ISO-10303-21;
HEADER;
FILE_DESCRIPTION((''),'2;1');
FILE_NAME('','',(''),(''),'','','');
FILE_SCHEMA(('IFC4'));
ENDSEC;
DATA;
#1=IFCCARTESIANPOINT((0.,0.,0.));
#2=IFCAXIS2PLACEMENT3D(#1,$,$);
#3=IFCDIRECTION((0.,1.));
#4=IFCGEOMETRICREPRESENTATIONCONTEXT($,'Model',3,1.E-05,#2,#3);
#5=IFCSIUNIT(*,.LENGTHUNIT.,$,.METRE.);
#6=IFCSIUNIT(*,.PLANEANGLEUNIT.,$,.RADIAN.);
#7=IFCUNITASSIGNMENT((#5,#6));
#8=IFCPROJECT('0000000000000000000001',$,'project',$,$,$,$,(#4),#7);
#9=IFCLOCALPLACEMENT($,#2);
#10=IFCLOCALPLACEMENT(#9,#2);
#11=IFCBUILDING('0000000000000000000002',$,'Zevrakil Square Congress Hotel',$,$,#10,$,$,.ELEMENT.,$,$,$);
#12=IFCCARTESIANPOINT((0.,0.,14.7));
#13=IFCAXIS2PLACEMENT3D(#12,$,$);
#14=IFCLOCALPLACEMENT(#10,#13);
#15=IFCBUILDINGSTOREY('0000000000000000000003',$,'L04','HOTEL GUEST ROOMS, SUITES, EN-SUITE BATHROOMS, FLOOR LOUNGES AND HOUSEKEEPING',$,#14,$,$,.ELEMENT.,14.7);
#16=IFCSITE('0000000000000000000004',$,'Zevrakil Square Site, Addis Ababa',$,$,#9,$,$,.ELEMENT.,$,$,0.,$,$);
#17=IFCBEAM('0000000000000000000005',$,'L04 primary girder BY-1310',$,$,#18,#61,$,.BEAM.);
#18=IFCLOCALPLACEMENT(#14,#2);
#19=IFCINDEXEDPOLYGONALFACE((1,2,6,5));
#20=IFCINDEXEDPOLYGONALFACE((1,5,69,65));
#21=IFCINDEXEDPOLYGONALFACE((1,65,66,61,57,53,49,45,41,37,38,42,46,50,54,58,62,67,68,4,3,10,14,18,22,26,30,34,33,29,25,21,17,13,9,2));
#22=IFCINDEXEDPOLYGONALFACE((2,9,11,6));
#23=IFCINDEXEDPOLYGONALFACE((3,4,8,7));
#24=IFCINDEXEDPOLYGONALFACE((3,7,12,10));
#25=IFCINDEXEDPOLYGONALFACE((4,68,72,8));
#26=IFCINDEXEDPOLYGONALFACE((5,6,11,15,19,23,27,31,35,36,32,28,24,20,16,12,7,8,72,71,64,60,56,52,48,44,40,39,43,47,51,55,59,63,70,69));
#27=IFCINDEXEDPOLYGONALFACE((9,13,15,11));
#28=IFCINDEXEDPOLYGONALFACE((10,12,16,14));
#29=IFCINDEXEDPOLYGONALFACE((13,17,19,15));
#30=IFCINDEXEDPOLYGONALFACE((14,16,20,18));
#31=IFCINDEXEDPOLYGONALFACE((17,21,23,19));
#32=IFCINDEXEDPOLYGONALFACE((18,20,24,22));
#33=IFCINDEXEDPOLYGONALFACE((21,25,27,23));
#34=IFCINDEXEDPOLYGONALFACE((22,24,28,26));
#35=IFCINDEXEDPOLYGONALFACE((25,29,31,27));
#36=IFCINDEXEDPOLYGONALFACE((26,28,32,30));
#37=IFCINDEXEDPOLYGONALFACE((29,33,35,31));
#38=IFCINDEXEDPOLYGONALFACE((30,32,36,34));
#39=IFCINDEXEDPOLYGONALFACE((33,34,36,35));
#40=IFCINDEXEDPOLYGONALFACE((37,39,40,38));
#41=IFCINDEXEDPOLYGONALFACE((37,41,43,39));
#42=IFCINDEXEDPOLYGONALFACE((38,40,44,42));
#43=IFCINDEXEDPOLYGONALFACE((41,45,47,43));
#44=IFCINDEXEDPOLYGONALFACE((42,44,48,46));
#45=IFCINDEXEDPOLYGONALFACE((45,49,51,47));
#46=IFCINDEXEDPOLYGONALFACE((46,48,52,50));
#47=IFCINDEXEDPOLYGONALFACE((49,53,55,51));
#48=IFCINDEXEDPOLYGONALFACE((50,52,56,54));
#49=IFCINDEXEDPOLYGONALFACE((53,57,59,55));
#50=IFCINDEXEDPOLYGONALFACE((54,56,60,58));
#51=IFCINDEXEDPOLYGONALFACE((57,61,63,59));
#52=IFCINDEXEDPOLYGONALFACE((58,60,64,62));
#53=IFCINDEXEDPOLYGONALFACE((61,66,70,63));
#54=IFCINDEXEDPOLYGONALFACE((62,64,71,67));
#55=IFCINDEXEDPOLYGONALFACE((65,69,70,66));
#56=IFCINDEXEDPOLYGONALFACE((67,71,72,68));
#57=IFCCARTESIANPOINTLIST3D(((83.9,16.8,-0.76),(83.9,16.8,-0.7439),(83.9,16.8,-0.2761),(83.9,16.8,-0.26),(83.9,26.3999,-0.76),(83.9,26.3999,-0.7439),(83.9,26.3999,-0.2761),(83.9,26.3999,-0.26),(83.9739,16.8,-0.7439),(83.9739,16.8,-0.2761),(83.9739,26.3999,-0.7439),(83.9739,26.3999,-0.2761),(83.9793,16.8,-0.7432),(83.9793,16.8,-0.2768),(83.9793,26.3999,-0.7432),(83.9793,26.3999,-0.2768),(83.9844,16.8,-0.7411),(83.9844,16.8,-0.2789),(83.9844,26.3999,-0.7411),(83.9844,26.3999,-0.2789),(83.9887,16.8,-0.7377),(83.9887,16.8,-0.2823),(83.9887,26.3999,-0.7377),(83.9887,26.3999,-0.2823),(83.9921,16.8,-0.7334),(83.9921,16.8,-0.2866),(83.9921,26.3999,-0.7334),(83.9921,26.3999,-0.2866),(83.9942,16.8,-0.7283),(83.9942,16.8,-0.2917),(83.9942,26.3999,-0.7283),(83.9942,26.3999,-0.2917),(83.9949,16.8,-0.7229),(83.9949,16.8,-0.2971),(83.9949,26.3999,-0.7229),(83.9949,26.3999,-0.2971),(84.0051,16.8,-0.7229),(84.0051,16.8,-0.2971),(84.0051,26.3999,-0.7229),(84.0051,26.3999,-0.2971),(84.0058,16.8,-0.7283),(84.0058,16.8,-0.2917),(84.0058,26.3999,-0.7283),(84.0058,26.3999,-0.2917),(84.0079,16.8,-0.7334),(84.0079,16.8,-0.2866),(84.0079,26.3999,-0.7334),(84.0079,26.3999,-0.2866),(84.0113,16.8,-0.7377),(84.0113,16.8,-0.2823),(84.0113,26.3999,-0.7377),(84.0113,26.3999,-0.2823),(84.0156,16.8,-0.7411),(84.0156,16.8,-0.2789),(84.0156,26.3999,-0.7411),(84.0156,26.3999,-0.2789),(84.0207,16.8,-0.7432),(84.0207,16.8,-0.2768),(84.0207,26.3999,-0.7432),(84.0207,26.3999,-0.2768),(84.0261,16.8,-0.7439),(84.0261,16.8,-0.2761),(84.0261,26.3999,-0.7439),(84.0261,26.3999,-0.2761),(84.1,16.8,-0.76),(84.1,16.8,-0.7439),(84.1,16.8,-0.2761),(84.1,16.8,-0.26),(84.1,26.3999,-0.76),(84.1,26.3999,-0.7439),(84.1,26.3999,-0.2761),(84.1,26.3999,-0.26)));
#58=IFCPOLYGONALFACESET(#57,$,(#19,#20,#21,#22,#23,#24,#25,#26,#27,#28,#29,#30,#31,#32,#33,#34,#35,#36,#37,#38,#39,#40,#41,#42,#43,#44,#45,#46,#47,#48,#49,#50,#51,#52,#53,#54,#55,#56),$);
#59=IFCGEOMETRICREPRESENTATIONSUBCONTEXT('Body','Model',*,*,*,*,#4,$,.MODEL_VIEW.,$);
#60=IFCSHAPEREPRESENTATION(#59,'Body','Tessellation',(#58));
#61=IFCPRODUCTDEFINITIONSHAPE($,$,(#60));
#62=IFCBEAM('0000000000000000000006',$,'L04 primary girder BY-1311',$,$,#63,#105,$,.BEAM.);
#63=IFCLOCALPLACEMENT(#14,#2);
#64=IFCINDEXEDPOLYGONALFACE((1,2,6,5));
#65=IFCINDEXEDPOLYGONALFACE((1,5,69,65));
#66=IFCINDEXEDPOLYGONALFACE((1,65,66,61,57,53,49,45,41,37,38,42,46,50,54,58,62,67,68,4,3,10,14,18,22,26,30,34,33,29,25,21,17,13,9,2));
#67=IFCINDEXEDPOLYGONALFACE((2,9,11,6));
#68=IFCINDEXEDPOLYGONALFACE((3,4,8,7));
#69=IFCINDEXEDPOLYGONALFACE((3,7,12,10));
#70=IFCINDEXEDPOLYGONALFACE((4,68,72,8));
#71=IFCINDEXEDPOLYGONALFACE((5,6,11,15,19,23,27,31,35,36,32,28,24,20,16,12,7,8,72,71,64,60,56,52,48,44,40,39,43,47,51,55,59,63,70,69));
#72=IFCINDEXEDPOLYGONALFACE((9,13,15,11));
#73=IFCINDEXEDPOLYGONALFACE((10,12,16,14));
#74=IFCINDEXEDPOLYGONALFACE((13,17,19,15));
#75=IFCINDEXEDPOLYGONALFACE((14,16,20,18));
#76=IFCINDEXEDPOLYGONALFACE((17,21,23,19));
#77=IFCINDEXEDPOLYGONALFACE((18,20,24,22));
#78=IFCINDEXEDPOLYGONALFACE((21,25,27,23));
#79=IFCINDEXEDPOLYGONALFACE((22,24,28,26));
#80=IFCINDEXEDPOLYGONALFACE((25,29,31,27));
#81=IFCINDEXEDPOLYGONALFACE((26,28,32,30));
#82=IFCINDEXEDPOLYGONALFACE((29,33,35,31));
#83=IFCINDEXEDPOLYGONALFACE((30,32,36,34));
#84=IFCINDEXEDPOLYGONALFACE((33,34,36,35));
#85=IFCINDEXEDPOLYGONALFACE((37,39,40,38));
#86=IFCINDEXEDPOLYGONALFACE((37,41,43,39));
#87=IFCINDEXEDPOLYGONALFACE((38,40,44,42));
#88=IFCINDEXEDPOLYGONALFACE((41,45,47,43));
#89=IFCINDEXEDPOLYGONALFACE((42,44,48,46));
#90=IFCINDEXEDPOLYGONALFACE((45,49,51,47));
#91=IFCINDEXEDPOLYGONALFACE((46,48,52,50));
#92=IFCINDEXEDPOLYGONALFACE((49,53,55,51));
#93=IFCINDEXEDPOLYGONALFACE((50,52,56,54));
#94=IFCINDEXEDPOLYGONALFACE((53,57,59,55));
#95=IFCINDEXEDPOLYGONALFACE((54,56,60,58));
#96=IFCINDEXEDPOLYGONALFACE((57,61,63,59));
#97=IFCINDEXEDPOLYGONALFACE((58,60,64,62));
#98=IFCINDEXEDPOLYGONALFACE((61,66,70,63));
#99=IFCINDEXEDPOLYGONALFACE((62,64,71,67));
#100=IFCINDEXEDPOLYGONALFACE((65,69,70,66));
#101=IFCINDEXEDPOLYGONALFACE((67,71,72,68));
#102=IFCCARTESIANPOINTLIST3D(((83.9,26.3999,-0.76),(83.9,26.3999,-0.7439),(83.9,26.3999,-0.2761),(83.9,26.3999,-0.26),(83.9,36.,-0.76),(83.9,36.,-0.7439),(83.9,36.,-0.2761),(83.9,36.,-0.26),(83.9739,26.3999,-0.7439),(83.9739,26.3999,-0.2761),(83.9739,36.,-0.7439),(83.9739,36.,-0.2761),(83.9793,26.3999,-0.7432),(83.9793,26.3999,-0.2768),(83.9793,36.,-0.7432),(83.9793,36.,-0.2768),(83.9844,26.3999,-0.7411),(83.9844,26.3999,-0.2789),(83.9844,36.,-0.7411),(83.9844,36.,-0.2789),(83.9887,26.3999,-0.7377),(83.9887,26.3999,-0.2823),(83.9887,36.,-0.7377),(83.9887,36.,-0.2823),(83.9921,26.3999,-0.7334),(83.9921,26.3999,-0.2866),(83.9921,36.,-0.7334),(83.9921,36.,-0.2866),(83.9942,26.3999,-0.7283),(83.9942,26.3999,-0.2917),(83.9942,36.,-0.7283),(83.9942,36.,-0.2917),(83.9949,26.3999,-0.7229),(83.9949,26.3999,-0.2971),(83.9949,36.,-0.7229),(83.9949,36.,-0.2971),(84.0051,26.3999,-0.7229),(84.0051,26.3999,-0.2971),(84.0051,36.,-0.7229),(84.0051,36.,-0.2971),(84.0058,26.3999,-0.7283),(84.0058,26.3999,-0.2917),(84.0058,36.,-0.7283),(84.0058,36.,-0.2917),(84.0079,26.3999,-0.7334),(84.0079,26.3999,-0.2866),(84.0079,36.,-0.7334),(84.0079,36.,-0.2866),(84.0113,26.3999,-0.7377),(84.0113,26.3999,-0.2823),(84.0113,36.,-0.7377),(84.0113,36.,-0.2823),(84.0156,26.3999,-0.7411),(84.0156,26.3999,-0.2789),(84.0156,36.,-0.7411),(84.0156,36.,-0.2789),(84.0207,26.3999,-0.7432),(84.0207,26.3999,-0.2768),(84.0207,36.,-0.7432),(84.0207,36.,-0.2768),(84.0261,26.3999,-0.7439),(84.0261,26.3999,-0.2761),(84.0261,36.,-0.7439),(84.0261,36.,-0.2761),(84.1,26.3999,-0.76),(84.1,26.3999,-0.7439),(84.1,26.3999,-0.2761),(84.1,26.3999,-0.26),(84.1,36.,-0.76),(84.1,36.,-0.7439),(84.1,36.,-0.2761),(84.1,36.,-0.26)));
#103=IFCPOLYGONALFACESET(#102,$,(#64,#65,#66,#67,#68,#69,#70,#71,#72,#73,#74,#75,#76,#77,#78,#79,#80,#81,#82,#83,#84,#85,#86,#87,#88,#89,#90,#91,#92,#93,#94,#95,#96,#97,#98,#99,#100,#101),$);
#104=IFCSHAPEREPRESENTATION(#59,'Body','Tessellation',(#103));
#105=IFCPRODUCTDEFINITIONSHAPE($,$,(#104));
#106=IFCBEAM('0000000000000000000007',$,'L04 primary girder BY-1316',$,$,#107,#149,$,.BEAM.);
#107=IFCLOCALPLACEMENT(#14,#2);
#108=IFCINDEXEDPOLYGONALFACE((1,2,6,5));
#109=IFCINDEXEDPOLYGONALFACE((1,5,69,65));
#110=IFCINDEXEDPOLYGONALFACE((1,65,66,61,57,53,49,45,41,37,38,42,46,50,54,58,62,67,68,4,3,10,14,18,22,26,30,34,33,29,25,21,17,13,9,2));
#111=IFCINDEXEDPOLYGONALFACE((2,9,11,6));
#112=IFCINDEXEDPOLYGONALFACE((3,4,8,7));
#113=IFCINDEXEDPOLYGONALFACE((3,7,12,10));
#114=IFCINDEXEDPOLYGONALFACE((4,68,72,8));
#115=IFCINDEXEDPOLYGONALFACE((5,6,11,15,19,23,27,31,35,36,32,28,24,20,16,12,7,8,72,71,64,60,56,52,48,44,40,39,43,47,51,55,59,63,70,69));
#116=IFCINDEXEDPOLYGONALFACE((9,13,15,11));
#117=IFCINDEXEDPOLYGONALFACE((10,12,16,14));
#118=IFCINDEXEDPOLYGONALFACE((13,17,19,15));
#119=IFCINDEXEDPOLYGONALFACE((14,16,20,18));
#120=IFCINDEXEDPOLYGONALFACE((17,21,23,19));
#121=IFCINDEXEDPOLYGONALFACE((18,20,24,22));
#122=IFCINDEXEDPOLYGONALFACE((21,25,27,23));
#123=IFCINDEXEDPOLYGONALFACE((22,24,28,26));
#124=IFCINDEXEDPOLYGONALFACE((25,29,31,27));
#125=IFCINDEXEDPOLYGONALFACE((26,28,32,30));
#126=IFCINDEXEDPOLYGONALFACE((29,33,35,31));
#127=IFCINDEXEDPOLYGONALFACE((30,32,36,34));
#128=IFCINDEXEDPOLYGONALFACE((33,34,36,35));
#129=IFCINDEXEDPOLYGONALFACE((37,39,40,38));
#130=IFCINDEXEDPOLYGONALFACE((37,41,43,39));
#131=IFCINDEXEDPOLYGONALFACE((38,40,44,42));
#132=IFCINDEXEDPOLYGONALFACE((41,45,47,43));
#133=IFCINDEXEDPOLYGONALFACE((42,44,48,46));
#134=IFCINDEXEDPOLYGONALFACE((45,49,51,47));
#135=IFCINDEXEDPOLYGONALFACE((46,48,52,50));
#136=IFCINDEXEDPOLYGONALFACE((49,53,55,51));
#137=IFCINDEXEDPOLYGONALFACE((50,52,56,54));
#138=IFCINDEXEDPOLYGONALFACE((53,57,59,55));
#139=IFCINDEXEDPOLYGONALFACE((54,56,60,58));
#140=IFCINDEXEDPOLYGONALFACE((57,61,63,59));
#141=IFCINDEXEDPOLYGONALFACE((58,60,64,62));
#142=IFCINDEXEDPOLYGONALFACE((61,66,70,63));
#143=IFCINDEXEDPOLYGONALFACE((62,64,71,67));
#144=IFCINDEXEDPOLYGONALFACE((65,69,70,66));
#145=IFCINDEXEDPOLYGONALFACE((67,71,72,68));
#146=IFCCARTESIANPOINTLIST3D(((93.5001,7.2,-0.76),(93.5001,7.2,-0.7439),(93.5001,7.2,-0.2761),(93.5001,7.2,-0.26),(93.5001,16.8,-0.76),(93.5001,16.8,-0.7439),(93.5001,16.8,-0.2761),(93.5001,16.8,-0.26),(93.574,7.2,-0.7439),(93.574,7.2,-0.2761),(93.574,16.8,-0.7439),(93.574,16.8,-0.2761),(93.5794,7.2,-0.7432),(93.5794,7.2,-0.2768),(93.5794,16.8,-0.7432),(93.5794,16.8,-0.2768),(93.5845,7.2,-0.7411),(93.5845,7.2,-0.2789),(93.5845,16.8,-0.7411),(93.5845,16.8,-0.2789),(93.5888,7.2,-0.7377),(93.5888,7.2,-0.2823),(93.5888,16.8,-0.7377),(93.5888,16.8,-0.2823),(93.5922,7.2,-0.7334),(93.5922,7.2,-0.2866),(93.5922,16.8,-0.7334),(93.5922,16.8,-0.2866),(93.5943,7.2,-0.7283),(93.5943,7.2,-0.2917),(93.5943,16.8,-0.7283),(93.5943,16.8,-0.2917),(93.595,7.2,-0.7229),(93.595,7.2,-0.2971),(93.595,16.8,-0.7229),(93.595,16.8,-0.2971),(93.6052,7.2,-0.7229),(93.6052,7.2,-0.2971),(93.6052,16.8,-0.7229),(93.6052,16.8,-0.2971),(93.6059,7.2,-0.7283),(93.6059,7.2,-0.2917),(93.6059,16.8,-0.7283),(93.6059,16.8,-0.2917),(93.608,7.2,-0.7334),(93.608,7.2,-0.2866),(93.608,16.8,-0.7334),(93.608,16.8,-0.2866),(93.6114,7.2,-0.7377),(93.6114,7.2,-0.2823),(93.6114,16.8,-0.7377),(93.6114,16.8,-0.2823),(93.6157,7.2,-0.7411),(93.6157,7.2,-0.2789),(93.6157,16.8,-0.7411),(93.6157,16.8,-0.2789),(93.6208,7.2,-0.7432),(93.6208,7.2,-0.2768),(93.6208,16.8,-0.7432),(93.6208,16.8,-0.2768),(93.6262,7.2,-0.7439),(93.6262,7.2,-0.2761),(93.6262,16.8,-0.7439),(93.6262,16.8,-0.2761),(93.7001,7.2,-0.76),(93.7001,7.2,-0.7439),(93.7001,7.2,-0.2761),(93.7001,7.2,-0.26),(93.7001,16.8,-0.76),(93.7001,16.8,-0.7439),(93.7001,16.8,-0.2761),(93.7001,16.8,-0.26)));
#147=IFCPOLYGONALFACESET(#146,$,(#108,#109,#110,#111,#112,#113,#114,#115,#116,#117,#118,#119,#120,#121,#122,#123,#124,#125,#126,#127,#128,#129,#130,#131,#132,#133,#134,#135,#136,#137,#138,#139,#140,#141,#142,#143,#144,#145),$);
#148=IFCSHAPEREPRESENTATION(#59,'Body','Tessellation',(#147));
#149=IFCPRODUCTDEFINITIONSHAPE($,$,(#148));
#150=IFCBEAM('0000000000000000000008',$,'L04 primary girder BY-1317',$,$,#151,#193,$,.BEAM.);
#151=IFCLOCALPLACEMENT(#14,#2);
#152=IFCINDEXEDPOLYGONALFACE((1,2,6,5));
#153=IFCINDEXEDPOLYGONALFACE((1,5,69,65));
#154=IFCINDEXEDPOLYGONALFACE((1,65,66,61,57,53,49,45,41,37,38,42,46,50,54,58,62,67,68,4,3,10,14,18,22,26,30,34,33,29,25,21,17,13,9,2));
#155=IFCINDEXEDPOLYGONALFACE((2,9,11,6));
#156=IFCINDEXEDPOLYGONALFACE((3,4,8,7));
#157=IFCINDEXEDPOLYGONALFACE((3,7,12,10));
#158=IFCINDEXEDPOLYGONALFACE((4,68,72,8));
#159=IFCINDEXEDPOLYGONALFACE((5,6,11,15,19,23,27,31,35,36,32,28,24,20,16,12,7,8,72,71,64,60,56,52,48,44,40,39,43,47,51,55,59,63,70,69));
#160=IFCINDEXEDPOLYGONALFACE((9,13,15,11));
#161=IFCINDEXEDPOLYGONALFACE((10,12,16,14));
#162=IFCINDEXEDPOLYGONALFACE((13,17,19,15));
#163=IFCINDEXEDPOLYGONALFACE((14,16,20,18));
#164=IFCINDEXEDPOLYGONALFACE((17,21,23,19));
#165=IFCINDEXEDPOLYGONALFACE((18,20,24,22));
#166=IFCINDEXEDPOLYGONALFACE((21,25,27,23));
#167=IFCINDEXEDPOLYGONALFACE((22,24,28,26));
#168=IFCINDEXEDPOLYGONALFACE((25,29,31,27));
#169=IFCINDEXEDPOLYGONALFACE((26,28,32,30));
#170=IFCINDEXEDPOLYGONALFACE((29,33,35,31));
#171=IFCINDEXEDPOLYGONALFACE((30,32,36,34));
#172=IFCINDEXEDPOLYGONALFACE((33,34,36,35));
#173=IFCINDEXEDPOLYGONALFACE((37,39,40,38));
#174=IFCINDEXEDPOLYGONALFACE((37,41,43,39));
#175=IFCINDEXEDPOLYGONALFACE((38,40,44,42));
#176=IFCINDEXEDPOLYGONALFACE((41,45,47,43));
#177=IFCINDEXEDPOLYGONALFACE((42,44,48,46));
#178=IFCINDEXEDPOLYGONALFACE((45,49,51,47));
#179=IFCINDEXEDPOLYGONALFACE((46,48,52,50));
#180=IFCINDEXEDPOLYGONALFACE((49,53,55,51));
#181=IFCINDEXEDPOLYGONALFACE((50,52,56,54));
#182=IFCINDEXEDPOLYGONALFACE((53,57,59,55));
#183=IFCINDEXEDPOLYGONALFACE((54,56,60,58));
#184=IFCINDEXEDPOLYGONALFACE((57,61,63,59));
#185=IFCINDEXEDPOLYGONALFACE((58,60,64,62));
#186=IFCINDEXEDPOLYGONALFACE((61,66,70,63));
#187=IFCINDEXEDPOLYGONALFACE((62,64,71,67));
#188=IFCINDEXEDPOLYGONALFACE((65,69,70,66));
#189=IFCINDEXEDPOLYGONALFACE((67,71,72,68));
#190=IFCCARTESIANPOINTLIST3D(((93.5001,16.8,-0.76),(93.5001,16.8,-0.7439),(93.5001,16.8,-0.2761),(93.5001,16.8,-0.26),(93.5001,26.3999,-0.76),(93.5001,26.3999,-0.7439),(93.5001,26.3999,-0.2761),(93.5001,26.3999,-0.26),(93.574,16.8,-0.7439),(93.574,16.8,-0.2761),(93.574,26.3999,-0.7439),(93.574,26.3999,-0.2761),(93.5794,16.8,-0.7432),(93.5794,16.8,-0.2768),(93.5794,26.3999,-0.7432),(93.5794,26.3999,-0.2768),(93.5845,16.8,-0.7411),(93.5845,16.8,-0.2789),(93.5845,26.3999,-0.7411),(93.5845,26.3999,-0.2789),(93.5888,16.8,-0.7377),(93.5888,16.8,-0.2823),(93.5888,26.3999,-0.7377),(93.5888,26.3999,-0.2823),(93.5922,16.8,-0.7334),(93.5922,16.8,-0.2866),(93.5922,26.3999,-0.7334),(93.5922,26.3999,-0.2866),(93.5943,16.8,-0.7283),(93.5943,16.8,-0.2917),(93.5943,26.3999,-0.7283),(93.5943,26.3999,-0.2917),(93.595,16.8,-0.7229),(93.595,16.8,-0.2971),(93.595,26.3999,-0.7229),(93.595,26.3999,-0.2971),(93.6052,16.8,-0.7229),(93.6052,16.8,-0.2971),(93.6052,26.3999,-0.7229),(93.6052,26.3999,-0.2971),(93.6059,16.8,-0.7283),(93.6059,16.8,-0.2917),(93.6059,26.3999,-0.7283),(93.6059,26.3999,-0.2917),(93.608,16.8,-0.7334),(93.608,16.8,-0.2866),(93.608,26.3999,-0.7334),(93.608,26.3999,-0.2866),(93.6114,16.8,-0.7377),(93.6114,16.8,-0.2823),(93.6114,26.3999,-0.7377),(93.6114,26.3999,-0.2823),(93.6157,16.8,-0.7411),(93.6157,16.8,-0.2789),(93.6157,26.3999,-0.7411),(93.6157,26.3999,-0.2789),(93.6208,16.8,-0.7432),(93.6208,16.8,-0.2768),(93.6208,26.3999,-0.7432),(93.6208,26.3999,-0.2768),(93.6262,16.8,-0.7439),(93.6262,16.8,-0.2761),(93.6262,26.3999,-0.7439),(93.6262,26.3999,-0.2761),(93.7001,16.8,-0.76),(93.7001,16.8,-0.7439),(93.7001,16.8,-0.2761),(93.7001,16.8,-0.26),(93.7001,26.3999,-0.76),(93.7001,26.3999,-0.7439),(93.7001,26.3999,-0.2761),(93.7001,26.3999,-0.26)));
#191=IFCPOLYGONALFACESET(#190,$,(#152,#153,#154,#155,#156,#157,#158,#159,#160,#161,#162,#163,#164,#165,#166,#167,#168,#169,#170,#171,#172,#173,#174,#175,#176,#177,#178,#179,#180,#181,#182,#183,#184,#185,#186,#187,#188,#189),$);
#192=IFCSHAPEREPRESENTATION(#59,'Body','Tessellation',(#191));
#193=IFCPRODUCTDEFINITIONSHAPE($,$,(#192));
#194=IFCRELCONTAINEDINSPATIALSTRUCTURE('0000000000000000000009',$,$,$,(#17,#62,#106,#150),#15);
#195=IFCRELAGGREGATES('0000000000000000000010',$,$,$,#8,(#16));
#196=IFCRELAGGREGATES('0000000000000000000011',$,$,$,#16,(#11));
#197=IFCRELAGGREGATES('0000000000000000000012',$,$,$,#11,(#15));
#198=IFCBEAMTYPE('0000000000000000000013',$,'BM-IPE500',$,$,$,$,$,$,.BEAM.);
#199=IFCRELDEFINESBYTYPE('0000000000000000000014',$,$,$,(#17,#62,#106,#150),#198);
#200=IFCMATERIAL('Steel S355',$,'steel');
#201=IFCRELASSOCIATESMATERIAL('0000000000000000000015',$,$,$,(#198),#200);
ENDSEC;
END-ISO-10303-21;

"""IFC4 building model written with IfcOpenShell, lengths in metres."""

from ifc_helpers import new_model, si_unit, direction, frame, origin, origin_2d, place, context, subcontext, project, spatial, i_section, extrude, material, material_profile, profile_set, type_object, element, save


model = new_model("IFC4")

# Units and contexts
model_context = context("Model", 3, precision=1e-05, world=origin(), true_north=direction((0.0, 1.0)))
body_context = subcontext(model_context, "Body", "Model", "MODEL_VIEW")
ifc_project = project(units=[si_unit("LENGTHUNIT", "METRE"), si_unit("PLANEANGLEUNIT", "RADIAN")], contexts=[model_context])

# Site, building, storey
site_placement = place(None, origin())
site = spatial("IfcSite", under=ifc_project, at=site_placement, Name="Zevrakil Square Site, Addis Ababa", CompositionType="ELEMENT", RefElevation=0.0)
building_placement = place(site_placement, origin())
building = spatial("IfcBuilding", under=site, at=building_placement, Name="Zevrakil Square Congress Hotel", CompositionType="ELEMENT")
storey_placement = place(building_placement, frame((0.0, 0.0, 14.7)))
storey = spatial("IfcBuildingStorey", under=building, at=storey_placement, Name="L04", Description="HOTEL GUEST ROOMS, SUITES, EN-SUITE BATHROOMS, FLOOR LOUNGES AND HOUSEKEEPING", CompositionType="ELEMENT", Elevation=14.7)

# Beams
ifc_material_1 = material(Name="Steel S355", Category="steel")
ifc_material_profile_1 = material_profile(ifc_material_1, i_section(OverallWidth=0.2, OverallDepth=0.5, WebThickness=0.0103, FlangeThickness=0.0161, FilletRadius=0.021, at=origin_2d()), Name="IPE 500")
ifc_profile_set_1 = profile_set([ifc_material_profile_1], Name="Steel S355")
beam_type_1 = type_object("IfcBeamType", Name="BM-IPE500", PredefinedType="BEAM", material=ifc_profile_set_1)
beam_1_placement = place(storey_placement, frame((84.0, 16.8, -0.51), z_axis=(0.0, 1.0, 0.0), x_axis=(-1.0, 0.0, 0.0)))
element("IfcBeam", 1, at=beam_1_placement, inside=storey, type_object=beam_type_1, Name="L04 primary girder BY-1310", PredefinedType="BEAM", context=body_context, shape_type="SweptSolid", body=[
    extrude(i_section(OverallWidth=0.2, OverallDepth=0.5, WebThickness=0.0103, FlangeThickness=0.0161, FilletRadius=0.021, at=origin_2d()), origin(), (0.0, 0.0, 1.0), 9.5999),
])
for number, where, z_axis, x_axis, name in (
    (2, (84.0, 26.3999, -0.51), (0.0, 1.0, 0.0), (-1.0, 0.0, 0.0), "L04 primary girder BY-1311"),
    (3, (93.6001, 7.2, -0.51), (0.0, 1.0, 0.0), (-1.0, 0.0, 0.0), "L04 primary girder BY-1316"),
):
    element("IfcBeam", number, at=place(storey_placement, frame(where, z_axis=z_axis, x_axis=x_axis)), inside=storey, type_object=beam_type_1, Name=name, PredefinedType="BEAM", context=body_context, shape_type="SweptSolid", body=[
        extrude(i_section(OverallWidth=0.2, OverallDepth=0.5, WebThickness=0.0103, FlangeThickness=0.0161, FilletRadius=0.021, at=origin_2d()), origin(), (0.0, 0.0, 1.0), 9.6001),
    ])
beam_2_placement = place(storey_placement, frame((93.6001, 16.8, -0.51), z_axis=(0.0, 1.0, 0.0), x_axis=(-1.0, 0.0, 0.0)))
element("IfcBeam", 4, at=beam_2_placement, inside=storey, type_object=beam_type_1, Name="L04 primary girder BY-1317", PredefinedType="BEAM", context=body_context, shape_type="SweptSolid", body=[
    extrude(i_section(OverallWidth=0.2, OverallDepth=0.5, WebThickness=0.0103, FlangeThickness=0.0161, FilletRadius=0.021, at=origin_2d()), origin(), (0.0, 0.0, 1.0), 9.5999),
])

save(model, "model.ifc")
